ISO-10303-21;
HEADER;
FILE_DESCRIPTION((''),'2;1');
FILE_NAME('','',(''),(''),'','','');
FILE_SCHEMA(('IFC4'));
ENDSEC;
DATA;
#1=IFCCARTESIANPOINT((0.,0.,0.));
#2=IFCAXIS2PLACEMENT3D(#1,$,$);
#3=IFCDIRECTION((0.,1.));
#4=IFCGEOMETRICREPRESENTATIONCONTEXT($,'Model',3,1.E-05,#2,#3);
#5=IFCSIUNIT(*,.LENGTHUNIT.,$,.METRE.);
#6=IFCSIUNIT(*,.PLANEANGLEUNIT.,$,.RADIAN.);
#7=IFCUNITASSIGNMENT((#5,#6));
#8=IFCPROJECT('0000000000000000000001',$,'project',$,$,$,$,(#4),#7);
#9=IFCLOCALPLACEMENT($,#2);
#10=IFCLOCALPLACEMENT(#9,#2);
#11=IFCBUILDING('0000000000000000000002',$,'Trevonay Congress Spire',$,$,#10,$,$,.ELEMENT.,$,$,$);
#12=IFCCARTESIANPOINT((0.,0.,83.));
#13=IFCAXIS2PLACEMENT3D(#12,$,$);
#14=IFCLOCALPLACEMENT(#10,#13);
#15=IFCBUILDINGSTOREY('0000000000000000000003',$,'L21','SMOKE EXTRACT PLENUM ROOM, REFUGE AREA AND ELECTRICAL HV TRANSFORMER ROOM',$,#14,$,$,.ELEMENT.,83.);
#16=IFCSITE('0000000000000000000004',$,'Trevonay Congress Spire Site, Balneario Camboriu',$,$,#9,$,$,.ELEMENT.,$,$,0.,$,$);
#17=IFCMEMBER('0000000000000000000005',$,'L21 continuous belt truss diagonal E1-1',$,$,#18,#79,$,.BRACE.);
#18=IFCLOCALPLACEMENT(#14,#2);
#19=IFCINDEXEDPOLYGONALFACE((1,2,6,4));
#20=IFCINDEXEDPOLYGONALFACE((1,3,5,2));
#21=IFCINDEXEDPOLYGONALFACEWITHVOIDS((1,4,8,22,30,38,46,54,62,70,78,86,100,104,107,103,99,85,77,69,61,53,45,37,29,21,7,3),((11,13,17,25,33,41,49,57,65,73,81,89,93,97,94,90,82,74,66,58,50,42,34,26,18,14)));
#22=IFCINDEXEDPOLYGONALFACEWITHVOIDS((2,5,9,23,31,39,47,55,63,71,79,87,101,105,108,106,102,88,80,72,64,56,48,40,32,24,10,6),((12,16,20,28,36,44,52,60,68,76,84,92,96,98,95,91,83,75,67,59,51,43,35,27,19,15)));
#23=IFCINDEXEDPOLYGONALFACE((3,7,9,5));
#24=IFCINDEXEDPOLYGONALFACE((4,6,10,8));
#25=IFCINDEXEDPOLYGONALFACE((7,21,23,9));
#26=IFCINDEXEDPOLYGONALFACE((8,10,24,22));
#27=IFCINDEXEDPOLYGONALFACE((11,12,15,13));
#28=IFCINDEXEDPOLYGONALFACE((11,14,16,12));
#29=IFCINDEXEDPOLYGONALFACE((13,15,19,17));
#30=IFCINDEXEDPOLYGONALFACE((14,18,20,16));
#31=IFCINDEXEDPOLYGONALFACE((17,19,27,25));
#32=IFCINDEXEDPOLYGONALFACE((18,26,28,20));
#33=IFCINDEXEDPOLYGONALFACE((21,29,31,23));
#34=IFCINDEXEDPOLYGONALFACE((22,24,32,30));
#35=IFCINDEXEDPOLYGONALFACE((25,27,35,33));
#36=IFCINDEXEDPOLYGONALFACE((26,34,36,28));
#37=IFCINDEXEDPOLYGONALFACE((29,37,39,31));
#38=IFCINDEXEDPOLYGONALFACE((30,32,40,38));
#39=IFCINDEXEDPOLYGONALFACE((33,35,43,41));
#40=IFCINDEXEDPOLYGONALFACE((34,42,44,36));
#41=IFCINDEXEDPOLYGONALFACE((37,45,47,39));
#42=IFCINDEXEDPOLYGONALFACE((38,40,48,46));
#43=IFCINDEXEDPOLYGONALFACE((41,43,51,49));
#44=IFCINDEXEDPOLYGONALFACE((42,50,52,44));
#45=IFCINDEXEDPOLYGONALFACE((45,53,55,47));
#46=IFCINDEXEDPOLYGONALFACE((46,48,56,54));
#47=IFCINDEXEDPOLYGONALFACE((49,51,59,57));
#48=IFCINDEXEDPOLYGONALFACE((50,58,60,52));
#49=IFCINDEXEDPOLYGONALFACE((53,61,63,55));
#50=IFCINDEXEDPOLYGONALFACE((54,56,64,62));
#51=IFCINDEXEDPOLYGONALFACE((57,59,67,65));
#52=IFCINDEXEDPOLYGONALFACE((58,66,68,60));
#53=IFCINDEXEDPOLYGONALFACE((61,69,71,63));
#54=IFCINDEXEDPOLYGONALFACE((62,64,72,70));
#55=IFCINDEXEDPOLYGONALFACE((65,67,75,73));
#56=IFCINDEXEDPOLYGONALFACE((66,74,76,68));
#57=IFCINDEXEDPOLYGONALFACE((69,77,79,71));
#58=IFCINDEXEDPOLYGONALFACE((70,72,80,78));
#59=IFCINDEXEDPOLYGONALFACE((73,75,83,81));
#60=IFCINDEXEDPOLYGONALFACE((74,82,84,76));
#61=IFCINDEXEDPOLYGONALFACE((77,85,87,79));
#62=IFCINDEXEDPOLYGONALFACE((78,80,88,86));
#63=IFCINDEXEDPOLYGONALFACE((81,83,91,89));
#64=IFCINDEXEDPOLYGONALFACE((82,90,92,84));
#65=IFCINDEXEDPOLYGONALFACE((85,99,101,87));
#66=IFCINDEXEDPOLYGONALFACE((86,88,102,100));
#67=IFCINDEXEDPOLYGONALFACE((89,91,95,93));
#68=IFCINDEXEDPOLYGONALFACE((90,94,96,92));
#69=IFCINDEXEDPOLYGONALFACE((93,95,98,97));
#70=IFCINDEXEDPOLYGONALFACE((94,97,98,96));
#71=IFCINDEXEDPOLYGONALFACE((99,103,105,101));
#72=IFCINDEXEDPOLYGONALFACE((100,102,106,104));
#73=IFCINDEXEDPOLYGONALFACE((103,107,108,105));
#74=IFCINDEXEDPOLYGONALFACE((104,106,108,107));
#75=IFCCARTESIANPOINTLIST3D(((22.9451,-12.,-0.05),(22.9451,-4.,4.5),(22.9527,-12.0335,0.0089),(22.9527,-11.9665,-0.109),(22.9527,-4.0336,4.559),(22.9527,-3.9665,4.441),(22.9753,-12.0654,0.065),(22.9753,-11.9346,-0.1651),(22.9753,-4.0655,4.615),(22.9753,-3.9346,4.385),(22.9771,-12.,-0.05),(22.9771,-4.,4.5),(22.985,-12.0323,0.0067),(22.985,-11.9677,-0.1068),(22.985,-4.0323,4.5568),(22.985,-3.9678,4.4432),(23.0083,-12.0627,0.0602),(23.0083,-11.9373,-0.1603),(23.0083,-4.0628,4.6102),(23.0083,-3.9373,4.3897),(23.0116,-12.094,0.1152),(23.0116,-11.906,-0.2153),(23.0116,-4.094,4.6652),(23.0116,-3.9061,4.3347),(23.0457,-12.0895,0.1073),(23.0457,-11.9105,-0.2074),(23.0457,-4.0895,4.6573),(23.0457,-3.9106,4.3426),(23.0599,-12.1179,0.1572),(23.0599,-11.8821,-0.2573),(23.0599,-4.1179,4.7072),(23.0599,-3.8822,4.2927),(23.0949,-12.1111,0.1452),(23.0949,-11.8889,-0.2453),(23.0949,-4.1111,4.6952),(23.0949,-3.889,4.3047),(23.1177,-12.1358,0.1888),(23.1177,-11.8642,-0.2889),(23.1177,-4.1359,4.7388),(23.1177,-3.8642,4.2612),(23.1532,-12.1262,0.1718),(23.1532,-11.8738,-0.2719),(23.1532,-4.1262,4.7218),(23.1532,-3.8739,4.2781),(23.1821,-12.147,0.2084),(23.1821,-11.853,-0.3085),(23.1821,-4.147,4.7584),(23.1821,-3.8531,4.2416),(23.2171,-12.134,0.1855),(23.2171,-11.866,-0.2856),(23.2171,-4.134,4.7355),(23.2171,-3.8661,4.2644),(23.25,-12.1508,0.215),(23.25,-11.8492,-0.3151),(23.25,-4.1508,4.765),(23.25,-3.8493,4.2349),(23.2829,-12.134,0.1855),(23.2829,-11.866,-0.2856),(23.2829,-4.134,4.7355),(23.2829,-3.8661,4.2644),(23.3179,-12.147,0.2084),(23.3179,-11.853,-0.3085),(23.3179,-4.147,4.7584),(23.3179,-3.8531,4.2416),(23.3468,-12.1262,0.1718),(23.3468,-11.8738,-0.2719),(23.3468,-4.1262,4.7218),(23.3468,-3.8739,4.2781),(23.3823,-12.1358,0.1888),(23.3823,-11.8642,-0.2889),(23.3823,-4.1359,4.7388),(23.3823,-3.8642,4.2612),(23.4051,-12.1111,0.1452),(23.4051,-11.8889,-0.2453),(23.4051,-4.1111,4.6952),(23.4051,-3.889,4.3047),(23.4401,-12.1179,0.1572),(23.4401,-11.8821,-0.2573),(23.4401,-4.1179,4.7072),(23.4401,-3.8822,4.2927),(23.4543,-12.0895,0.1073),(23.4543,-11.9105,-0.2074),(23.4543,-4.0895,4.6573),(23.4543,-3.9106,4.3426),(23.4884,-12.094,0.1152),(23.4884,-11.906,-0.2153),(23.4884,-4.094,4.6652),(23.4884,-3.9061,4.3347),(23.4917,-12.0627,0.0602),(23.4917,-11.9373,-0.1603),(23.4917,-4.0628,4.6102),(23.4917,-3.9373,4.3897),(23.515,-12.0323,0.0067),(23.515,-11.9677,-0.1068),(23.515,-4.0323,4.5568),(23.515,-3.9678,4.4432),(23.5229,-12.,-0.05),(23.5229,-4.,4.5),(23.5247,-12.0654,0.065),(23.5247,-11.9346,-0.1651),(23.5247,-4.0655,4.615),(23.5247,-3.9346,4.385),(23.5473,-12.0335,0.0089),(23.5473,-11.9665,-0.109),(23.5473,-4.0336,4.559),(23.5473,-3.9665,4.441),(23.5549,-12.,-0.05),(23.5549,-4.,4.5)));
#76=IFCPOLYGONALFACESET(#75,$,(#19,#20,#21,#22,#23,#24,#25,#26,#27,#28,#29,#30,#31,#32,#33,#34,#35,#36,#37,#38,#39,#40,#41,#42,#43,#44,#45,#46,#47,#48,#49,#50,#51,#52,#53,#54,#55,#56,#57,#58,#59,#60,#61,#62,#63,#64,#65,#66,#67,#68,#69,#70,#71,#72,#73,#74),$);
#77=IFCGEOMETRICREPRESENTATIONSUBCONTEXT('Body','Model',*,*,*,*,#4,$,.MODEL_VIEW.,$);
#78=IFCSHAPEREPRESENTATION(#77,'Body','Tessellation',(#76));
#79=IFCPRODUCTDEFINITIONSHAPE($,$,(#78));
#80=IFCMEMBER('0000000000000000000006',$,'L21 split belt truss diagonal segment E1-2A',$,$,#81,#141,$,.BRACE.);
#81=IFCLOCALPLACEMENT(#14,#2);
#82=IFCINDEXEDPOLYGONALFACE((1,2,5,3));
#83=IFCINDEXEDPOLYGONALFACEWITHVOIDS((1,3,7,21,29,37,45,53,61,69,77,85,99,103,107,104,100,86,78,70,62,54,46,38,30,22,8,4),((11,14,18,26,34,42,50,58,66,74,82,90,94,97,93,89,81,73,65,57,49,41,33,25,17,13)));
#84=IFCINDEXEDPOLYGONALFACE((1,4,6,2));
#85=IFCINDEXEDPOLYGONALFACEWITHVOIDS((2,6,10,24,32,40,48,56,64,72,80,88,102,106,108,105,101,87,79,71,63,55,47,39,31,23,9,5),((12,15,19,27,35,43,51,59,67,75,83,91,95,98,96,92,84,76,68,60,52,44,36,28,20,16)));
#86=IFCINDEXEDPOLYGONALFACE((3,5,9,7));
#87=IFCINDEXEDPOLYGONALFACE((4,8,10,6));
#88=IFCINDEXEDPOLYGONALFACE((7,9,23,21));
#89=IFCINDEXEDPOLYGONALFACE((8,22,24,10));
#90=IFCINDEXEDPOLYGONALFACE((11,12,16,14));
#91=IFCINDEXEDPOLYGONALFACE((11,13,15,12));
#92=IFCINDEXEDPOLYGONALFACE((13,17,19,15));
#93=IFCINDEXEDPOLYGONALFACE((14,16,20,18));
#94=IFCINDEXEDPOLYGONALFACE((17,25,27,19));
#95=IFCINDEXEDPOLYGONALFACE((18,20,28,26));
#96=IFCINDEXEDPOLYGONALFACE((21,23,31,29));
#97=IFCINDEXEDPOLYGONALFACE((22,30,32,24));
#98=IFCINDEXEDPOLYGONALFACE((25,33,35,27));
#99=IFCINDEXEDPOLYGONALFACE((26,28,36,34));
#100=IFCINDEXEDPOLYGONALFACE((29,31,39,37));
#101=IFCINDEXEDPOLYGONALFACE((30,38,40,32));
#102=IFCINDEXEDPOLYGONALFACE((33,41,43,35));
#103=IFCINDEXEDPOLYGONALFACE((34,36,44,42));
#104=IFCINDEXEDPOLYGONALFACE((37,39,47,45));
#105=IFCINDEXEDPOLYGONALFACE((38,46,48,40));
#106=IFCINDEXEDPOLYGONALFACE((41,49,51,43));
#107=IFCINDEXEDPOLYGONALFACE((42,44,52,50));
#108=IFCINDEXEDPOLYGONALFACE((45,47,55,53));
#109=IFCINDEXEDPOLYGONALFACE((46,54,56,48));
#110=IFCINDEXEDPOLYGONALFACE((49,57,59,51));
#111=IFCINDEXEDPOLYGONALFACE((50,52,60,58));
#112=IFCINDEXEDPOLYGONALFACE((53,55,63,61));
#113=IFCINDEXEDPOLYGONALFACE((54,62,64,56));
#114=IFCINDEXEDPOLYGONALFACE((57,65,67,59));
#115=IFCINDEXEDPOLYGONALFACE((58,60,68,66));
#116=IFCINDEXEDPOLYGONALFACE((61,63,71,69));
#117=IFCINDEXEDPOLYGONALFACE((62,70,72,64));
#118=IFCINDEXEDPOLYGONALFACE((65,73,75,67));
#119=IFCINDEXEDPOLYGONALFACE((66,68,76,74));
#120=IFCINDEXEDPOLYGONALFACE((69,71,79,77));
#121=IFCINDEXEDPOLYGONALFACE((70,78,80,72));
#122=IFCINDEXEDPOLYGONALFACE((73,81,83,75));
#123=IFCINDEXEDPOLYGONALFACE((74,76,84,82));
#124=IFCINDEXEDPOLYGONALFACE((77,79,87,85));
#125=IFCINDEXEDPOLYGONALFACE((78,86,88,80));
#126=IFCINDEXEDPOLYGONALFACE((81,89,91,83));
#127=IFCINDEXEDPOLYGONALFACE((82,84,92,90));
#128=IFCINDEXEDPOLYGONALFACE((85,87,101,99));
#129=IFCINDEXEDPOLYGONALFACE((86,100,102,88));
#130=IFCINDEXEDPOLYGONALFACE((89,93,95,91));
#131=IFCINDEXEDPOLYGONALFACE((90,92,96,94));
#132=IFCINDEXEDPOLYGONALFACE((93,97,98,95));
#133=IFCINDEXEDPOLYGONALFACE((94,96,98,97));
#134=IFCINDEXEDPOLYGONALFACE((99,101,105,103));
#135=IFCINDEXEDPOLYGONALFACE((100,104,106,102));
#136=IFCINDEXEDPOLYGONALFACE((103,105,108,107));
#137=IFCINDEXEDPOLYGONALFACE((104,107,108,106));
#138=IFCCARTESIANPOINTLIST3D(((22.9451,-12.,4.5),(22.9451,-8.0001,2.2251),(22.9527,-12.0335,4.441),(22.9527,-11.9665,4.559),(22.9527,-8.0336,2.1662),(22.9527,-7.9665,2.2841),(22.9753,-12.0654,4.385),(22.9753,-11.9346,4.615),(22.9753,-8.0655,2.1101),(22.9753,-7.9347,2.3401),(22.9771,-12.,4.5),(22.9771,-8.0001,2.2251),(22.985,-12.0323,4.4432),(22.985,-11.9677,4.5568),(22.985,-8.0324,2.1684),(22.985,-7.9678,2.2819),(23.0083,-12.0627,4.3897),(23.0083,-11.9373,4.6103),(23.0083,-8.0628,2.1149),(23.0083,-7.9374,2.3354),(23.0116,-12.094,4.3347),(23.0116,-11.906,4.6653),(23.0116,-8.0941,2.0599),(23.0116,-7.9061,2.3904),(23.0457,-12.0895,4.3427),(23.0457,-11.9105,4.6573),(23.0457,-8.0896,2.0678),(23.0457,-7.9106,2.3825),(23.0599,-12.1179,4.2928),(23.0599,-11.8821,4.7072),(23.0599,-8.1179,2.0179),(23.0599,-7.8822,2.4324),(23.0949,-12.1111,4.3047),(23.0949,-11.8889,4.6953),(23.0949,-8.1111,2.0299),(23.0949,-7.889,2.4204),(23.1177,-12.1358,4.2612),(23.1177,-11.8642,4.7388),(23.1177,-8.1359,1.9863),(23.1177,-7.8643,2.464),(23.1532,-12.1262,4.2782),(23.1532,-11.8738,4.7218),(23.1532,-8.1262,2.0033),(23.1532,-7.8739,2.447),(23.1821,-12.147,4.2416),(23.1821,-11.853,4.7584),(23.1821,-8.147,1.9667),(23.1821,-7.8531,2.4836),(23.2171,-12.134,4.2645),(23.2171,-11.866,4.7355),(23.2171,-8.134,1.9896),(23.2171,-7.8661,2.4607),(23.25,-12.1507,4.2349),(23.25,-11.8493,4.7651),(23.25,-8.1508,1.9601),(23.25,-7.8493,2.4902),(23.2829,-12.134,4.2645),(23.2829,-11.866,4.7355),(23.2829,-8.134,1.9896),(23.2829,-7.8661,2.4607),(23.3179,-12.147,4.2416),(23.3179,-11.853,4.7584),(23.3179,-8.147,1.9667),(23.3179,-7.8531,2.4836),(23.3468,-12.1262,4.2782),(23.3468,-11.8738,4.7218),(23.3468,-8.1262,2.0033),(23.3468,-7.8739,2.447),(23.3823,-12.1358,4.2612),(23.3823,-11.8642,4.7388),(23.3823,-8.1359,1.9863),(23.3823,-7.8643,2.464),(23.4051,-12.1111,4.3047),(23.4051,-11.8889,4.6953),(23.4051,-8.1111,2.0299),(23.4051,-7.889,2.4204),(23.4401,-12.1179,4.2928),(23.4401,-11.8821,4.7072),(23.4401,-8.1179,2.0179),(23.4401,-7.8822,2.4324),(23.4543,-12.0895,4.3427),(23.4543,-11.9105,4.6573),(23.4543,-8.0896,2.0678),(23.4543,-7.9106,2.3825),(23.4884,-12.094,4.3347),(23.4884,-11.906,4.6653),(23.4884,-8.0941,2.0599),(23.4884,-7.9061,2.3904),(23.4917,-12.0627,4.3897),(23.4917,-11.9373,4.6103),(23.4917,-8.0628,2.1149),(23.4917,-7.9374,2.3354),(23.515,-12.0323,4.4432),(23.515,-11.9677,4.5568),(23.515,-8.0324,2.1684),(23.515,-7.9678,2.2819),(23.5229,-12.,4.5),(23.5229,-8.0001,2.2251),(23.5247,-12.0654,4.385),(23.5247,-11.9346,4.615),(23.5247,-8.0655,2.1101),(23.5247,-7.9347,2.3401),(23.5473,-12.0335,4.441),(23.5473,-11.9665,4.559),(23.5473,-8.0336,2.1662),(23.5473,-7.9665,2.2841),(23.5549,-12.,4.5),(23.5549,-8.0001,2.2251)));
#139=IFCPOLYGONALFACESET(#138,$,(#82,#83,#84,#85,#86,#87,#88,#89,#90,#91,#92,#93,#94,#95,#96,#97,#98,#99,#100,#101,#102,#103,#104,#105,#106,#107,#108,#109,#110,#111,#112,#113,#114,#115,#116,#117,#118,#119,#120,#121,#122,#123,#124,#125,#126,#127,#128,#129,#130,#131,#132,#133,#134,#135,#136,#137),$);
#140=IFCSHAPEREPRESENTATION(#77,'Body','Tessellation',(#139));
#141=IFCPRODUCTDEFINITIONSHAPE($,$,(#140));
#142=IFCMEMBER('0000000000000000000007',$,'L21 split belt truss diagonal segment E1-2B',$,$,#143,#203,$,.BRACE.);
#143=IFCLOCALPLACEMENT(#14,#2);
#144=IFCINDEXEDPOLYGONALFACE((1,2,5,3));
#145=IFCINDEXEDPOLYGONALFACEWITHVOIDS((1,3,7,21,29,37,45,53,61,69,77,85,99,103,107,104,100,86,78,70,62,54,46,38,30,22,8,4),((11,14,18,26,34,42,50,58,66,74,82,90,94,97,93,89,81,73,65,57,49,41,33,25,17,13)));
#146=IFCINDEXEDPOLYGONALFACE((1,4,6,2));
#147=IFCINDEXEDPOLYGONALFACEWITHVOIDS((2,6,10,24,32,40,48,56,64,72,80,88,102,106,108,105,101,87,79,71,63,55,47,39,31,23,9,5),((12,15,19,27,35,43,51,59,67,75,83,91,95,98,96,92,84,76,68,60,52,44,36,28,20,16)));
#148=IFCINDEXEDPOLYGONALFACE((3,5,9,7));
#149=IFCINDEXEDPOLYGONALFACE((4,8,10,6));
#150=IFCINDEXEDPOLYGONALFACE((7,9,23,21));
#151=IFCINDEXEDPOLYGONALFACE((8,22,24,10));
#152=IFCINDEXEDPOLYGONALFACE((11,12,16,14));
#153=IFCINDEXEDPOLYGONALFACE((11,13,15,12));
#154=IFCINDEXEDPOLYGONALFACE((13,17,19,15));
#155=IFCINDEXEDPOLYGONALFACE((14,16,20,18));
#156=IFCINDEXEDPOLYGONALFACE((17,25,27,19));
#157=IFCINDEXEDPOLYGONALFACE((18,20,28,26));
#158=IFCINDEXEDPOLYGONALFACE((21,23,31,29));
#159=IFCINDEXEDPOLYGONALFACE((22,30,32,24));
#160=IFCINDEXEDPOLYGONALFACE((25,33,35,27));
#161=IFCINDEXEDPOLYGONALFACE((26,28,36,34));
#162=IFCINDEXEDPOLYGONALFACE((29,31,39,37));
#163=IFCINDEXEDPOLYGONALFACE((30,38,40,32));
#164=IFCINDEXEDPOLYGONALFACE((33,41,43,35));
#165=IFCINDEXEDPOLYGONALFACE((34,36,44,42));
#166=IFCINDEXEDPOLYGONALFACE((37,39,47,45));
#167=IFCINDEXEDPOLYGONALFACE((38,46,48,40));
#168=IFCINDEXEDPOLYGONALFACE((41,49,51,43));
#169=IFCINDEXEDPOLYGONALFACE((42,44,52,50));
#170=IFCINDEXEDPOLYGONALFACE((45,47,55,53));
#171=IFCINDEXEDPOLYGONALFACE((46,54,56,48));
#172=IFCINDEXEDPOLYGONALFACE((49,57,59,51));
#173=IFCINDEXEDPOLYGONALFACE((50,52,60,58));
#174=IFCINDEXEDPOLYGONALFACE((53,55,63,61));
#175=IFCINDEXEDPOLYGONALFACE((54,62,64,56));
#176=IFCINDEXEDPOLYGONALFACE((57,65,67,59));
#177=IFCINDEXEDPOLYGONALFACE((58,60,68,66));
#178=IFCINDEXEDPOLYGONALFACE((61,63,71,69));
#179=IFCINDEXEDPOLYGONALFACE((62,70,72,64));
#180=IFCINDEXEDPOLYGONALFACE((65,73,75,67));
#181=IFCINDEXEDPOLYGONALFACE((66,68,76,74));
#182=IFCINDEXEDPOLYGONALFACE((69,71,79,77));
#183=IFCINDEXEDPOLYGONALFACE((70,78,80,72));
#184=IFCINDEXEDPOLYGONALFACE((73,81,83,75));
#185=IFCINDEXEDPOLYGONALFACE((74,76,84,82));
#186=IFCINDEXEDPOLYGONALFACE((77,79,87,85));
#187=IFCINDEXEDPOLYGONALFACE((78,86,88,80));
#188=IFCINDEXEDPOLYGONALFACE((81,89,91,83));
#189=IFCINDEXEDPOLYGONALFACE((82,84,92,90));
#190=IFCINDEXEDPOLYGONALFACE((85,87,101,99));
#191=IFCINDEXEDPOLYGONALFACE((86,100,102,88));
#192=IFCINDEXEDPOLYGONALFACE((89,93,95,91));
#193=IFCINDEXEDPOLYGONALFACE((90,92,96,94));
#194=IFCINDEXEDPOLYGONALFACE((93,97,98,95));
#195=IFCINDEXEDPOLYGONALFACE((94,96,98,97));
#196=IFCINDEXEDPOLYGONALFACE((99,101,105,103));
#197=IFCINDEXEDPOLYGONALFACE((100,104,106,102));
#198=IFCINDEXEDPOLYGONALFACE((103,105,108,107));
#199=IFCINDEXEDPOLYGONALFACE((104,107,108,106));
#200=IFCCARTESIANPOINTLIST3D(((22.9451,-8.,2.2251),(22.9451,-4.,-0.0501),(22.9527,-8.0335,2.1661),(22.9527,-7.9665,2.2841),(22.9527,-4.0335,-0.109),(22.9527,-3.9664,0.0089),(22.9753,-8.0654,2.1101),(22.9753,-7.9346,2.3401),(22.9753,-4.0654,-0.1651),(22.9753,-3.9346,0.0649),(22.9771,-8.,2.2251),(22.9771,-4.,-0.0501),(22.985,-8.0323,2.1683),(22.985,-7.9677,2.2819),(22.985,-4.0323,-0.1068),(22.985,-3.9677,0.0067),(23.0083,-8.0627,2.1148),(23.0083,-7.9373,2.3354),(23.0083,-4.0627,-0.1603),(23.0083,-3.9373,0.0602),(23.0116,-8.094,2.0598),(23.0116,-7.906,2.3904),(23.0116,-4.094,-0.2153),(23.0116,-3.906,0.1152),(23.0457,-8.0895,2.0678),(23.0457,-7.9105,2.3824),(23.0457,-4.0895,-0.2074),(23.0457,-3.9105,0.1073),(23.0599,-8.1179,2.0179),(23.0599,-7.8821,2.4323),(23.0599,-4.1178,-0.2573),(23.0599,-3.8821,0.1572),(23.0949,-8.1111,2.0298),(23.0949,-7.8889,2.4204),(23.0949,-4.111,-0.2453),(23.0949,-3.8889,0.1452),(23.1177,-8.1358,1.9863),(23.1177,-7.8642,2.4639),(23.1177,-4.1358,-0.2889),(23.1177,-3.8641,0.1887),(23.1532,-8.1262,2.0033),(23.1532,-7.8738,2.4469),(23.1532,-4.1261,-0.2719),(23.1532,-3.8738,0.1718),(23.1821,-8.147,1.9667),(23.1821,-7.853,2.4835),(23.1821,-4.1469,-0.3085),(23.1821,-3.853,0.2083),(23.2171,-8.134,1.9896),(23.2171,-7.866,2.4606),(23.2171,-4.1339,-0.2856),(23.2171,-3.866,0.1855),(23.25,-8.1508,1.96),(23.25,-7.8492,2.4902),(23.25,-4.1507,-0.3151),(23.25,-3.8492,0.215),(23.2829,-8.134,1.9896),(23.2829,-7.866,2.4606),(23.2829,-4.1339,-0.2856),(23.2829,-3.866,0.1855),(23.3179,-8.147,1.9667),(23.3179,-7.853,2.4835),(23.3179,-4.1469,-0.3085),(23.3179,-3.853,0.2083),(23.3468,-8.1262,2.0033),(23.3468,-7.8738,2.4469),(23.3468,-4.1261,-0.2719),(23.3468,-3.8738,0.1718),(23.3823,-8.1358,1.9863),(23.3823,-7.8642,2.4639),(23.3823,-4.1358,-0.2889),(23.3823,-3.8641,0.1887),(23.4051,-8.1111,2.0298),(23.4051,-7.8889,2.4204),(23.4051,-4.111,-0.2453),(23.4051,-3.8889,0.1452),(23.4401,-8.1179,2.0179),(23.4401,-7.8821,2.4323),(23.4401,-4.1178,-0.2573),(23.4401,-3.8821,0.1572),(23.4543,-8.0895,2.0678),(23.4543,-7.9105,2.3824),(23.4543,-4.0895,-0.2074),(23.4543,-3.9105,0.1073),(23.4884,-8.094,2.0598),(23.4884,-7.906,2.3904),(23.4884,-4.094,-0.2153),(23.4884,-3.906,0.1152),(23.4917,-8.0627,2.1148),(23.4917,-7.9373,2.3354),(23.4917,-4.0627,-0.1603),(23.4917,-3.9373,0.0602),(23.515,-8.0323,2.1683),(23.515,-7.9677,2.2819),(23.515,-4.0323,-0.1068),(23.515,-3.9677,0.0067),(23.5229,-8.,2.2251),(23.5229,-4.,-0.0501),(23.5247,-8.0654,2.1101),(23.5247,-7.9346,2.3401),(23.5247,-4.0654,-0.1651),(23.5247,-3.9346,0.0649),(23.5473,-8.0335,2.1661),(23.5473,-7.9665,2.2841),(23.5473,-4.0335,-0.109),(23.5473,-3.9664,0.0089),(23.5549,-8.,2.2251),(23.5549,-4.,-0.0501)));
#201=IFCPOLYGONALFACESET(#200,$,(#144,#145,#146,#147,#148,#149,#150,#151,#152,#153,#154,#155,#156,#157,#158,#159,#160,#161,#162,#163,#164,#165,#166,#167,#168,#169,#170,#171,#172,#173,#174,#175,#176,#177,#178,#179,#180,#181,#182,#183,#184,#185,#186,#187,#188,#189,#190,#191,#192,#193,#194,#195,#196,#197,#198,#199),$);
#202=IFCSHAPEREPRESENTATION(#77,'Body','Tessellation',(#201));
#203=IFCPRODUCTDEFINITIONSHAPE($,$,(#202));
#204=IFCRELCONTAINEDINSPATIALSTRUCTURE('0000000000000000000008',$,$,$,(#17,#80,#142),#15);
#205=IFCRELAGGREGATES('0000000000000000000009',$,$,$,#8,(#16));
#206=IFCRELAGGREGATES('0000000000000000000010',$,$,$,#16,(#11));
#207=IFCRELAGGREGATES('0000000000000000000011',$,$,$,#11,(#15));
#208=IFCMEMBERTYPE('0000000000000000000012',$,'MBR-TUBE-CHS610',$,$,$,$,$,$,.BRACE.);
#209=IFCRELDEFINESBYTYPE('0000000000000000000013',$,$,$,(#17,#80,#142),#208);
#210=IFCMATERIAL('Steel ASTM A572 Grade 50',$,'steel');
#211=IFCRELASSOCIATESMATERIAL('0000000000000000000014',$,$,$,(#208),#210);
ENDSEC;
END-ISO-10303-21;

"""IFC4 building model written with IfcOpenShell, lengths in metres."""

from ifc_helpers import new_model, si_unit, direction, frame, origin, origin_2d, place, context, subcontext, project, spatial, hollow_circle, extrude, material, material_profile, profile_set, type_object, element, save


model = new_model("IFC4")

# Units and contexts
model_context = context("Model", 3, precision=1e-05, world=origin(), true_north=direction((0.0, 1.0)))
body_context = subcontext(model_context, "Body", "Model", "MODEL_VIEW")
ifc_project = project(units=[si_unit("LENGTHUNIT", "METRE"), si_unit("PLANEANGLEUNIT", "RADIAN")], contexts=[model_context])

# Site, building, storey
site_placement = place(None, origin())
site = spatial("IfcSite", under=ifc_project, at=site_placement, Name="Trevonay Congress Spire Site, Balneario Camboriu", CompositionType="ELEMENT", RefElevation=0.0)
building_placement = place(site_placement, origin())
building = spatial("IfcBuilding", under=site, at=building_placement, Name="Trevonay Congress Spire", CompositionType="ELEMENT")
storey_placement = place(building_placement, frame((0.0, 0.0, 83.0)))
storey = spatial("IfcBuildingStorey", under=building, at=storey_placement, Name="L21", Description="SMOKE EXTRACT PLENUM ROOM, REFUGE AREA AND ELECTRICAL HV TRANSFORMER ROOM", CompositionType="ELEMENT", Elevation=83.0)

# Shared definitions
ifc_material_1 = material(Name="Steel ASTM A572 Grade 50", Category="steel")

# Members
ifc_material_profile_1 = material_profile(ifc_material_1, hollow_circle(Radius=0.3049, WallThickness=0.032, at=origin_2d()), Name="CHS 610x32")
ifc_profile_set_1 = profile_set([ifc_material_profile_1], Name="Steel ASTM A572 Grade 50")
member_type_1 = type_object("IfcMemberType", Name="MBR-TUBE-CHS610", PredefinedType="BRACE", material=ifc_profile_set_1)
member_1_placement = place(storey_placement, frame((23.25, -12.0, -0.05), z_axis=(0.0, 0.869242, 0.494387), x_axis=(-1.0, 0.0, 0.0)))
element("IfcMember", 1, at=member_1_placement, inside=storey, type_object=member_type_1, Name="L21 continuous belt truss diagonal E1-1", PredefinedType="BRACE", context=body_context, shape_type="SweptSolid", body=[
    extrude(hollow_circle(Radius=0.3049, WallThickness=0.032, at=origin_2d()), origin(), (0.0, 0.0, 1.0), 9.2034),
])
member_2_placement = place(storey_placement, frame((23.25, -12.0, 4.5), z_axis=(0.0, 0.869253, -0.494367), x_axis=(-1.0, 0.0, 0.0)))
element("IfcMember", 2, at=member_2_placement, inside=storey, type_object=member_type_1, Name="L21 split belt truss diagonal segment E1-2A", PredefinedType="BRACE", context=body_context, shape_type="SweptSolid", body=[
    extrude(hollow_circle(Radius=0.3049, WallThickness=0.032, at=origin_2d()), origin(), (0.0, 0.0, 1.0), 4.6016),
])
member_3_placement = place(storey_placement, frame((23.25, -8.0, 2.2251), z_axis=(0.0, 0.869231, -0.494407), x_axis=(-1.0, 0.0, 0.0)))
element("IfcMember", 3, at=member_3_placement, inside=storey, type_object=member_type_1, Name="L21 split belt truss diagonal segment E1-2B", PredefinedType="BRACE", context=body_context, shape_type="SweptSolid", body=[
    extrude(hollow_circle(Radius=0.3049, WallThickness=0.032, at=origin_2d()), origin(), (0.0, 0.0, 1.0), 4.6018),
])

save(model, "model.ifc")
